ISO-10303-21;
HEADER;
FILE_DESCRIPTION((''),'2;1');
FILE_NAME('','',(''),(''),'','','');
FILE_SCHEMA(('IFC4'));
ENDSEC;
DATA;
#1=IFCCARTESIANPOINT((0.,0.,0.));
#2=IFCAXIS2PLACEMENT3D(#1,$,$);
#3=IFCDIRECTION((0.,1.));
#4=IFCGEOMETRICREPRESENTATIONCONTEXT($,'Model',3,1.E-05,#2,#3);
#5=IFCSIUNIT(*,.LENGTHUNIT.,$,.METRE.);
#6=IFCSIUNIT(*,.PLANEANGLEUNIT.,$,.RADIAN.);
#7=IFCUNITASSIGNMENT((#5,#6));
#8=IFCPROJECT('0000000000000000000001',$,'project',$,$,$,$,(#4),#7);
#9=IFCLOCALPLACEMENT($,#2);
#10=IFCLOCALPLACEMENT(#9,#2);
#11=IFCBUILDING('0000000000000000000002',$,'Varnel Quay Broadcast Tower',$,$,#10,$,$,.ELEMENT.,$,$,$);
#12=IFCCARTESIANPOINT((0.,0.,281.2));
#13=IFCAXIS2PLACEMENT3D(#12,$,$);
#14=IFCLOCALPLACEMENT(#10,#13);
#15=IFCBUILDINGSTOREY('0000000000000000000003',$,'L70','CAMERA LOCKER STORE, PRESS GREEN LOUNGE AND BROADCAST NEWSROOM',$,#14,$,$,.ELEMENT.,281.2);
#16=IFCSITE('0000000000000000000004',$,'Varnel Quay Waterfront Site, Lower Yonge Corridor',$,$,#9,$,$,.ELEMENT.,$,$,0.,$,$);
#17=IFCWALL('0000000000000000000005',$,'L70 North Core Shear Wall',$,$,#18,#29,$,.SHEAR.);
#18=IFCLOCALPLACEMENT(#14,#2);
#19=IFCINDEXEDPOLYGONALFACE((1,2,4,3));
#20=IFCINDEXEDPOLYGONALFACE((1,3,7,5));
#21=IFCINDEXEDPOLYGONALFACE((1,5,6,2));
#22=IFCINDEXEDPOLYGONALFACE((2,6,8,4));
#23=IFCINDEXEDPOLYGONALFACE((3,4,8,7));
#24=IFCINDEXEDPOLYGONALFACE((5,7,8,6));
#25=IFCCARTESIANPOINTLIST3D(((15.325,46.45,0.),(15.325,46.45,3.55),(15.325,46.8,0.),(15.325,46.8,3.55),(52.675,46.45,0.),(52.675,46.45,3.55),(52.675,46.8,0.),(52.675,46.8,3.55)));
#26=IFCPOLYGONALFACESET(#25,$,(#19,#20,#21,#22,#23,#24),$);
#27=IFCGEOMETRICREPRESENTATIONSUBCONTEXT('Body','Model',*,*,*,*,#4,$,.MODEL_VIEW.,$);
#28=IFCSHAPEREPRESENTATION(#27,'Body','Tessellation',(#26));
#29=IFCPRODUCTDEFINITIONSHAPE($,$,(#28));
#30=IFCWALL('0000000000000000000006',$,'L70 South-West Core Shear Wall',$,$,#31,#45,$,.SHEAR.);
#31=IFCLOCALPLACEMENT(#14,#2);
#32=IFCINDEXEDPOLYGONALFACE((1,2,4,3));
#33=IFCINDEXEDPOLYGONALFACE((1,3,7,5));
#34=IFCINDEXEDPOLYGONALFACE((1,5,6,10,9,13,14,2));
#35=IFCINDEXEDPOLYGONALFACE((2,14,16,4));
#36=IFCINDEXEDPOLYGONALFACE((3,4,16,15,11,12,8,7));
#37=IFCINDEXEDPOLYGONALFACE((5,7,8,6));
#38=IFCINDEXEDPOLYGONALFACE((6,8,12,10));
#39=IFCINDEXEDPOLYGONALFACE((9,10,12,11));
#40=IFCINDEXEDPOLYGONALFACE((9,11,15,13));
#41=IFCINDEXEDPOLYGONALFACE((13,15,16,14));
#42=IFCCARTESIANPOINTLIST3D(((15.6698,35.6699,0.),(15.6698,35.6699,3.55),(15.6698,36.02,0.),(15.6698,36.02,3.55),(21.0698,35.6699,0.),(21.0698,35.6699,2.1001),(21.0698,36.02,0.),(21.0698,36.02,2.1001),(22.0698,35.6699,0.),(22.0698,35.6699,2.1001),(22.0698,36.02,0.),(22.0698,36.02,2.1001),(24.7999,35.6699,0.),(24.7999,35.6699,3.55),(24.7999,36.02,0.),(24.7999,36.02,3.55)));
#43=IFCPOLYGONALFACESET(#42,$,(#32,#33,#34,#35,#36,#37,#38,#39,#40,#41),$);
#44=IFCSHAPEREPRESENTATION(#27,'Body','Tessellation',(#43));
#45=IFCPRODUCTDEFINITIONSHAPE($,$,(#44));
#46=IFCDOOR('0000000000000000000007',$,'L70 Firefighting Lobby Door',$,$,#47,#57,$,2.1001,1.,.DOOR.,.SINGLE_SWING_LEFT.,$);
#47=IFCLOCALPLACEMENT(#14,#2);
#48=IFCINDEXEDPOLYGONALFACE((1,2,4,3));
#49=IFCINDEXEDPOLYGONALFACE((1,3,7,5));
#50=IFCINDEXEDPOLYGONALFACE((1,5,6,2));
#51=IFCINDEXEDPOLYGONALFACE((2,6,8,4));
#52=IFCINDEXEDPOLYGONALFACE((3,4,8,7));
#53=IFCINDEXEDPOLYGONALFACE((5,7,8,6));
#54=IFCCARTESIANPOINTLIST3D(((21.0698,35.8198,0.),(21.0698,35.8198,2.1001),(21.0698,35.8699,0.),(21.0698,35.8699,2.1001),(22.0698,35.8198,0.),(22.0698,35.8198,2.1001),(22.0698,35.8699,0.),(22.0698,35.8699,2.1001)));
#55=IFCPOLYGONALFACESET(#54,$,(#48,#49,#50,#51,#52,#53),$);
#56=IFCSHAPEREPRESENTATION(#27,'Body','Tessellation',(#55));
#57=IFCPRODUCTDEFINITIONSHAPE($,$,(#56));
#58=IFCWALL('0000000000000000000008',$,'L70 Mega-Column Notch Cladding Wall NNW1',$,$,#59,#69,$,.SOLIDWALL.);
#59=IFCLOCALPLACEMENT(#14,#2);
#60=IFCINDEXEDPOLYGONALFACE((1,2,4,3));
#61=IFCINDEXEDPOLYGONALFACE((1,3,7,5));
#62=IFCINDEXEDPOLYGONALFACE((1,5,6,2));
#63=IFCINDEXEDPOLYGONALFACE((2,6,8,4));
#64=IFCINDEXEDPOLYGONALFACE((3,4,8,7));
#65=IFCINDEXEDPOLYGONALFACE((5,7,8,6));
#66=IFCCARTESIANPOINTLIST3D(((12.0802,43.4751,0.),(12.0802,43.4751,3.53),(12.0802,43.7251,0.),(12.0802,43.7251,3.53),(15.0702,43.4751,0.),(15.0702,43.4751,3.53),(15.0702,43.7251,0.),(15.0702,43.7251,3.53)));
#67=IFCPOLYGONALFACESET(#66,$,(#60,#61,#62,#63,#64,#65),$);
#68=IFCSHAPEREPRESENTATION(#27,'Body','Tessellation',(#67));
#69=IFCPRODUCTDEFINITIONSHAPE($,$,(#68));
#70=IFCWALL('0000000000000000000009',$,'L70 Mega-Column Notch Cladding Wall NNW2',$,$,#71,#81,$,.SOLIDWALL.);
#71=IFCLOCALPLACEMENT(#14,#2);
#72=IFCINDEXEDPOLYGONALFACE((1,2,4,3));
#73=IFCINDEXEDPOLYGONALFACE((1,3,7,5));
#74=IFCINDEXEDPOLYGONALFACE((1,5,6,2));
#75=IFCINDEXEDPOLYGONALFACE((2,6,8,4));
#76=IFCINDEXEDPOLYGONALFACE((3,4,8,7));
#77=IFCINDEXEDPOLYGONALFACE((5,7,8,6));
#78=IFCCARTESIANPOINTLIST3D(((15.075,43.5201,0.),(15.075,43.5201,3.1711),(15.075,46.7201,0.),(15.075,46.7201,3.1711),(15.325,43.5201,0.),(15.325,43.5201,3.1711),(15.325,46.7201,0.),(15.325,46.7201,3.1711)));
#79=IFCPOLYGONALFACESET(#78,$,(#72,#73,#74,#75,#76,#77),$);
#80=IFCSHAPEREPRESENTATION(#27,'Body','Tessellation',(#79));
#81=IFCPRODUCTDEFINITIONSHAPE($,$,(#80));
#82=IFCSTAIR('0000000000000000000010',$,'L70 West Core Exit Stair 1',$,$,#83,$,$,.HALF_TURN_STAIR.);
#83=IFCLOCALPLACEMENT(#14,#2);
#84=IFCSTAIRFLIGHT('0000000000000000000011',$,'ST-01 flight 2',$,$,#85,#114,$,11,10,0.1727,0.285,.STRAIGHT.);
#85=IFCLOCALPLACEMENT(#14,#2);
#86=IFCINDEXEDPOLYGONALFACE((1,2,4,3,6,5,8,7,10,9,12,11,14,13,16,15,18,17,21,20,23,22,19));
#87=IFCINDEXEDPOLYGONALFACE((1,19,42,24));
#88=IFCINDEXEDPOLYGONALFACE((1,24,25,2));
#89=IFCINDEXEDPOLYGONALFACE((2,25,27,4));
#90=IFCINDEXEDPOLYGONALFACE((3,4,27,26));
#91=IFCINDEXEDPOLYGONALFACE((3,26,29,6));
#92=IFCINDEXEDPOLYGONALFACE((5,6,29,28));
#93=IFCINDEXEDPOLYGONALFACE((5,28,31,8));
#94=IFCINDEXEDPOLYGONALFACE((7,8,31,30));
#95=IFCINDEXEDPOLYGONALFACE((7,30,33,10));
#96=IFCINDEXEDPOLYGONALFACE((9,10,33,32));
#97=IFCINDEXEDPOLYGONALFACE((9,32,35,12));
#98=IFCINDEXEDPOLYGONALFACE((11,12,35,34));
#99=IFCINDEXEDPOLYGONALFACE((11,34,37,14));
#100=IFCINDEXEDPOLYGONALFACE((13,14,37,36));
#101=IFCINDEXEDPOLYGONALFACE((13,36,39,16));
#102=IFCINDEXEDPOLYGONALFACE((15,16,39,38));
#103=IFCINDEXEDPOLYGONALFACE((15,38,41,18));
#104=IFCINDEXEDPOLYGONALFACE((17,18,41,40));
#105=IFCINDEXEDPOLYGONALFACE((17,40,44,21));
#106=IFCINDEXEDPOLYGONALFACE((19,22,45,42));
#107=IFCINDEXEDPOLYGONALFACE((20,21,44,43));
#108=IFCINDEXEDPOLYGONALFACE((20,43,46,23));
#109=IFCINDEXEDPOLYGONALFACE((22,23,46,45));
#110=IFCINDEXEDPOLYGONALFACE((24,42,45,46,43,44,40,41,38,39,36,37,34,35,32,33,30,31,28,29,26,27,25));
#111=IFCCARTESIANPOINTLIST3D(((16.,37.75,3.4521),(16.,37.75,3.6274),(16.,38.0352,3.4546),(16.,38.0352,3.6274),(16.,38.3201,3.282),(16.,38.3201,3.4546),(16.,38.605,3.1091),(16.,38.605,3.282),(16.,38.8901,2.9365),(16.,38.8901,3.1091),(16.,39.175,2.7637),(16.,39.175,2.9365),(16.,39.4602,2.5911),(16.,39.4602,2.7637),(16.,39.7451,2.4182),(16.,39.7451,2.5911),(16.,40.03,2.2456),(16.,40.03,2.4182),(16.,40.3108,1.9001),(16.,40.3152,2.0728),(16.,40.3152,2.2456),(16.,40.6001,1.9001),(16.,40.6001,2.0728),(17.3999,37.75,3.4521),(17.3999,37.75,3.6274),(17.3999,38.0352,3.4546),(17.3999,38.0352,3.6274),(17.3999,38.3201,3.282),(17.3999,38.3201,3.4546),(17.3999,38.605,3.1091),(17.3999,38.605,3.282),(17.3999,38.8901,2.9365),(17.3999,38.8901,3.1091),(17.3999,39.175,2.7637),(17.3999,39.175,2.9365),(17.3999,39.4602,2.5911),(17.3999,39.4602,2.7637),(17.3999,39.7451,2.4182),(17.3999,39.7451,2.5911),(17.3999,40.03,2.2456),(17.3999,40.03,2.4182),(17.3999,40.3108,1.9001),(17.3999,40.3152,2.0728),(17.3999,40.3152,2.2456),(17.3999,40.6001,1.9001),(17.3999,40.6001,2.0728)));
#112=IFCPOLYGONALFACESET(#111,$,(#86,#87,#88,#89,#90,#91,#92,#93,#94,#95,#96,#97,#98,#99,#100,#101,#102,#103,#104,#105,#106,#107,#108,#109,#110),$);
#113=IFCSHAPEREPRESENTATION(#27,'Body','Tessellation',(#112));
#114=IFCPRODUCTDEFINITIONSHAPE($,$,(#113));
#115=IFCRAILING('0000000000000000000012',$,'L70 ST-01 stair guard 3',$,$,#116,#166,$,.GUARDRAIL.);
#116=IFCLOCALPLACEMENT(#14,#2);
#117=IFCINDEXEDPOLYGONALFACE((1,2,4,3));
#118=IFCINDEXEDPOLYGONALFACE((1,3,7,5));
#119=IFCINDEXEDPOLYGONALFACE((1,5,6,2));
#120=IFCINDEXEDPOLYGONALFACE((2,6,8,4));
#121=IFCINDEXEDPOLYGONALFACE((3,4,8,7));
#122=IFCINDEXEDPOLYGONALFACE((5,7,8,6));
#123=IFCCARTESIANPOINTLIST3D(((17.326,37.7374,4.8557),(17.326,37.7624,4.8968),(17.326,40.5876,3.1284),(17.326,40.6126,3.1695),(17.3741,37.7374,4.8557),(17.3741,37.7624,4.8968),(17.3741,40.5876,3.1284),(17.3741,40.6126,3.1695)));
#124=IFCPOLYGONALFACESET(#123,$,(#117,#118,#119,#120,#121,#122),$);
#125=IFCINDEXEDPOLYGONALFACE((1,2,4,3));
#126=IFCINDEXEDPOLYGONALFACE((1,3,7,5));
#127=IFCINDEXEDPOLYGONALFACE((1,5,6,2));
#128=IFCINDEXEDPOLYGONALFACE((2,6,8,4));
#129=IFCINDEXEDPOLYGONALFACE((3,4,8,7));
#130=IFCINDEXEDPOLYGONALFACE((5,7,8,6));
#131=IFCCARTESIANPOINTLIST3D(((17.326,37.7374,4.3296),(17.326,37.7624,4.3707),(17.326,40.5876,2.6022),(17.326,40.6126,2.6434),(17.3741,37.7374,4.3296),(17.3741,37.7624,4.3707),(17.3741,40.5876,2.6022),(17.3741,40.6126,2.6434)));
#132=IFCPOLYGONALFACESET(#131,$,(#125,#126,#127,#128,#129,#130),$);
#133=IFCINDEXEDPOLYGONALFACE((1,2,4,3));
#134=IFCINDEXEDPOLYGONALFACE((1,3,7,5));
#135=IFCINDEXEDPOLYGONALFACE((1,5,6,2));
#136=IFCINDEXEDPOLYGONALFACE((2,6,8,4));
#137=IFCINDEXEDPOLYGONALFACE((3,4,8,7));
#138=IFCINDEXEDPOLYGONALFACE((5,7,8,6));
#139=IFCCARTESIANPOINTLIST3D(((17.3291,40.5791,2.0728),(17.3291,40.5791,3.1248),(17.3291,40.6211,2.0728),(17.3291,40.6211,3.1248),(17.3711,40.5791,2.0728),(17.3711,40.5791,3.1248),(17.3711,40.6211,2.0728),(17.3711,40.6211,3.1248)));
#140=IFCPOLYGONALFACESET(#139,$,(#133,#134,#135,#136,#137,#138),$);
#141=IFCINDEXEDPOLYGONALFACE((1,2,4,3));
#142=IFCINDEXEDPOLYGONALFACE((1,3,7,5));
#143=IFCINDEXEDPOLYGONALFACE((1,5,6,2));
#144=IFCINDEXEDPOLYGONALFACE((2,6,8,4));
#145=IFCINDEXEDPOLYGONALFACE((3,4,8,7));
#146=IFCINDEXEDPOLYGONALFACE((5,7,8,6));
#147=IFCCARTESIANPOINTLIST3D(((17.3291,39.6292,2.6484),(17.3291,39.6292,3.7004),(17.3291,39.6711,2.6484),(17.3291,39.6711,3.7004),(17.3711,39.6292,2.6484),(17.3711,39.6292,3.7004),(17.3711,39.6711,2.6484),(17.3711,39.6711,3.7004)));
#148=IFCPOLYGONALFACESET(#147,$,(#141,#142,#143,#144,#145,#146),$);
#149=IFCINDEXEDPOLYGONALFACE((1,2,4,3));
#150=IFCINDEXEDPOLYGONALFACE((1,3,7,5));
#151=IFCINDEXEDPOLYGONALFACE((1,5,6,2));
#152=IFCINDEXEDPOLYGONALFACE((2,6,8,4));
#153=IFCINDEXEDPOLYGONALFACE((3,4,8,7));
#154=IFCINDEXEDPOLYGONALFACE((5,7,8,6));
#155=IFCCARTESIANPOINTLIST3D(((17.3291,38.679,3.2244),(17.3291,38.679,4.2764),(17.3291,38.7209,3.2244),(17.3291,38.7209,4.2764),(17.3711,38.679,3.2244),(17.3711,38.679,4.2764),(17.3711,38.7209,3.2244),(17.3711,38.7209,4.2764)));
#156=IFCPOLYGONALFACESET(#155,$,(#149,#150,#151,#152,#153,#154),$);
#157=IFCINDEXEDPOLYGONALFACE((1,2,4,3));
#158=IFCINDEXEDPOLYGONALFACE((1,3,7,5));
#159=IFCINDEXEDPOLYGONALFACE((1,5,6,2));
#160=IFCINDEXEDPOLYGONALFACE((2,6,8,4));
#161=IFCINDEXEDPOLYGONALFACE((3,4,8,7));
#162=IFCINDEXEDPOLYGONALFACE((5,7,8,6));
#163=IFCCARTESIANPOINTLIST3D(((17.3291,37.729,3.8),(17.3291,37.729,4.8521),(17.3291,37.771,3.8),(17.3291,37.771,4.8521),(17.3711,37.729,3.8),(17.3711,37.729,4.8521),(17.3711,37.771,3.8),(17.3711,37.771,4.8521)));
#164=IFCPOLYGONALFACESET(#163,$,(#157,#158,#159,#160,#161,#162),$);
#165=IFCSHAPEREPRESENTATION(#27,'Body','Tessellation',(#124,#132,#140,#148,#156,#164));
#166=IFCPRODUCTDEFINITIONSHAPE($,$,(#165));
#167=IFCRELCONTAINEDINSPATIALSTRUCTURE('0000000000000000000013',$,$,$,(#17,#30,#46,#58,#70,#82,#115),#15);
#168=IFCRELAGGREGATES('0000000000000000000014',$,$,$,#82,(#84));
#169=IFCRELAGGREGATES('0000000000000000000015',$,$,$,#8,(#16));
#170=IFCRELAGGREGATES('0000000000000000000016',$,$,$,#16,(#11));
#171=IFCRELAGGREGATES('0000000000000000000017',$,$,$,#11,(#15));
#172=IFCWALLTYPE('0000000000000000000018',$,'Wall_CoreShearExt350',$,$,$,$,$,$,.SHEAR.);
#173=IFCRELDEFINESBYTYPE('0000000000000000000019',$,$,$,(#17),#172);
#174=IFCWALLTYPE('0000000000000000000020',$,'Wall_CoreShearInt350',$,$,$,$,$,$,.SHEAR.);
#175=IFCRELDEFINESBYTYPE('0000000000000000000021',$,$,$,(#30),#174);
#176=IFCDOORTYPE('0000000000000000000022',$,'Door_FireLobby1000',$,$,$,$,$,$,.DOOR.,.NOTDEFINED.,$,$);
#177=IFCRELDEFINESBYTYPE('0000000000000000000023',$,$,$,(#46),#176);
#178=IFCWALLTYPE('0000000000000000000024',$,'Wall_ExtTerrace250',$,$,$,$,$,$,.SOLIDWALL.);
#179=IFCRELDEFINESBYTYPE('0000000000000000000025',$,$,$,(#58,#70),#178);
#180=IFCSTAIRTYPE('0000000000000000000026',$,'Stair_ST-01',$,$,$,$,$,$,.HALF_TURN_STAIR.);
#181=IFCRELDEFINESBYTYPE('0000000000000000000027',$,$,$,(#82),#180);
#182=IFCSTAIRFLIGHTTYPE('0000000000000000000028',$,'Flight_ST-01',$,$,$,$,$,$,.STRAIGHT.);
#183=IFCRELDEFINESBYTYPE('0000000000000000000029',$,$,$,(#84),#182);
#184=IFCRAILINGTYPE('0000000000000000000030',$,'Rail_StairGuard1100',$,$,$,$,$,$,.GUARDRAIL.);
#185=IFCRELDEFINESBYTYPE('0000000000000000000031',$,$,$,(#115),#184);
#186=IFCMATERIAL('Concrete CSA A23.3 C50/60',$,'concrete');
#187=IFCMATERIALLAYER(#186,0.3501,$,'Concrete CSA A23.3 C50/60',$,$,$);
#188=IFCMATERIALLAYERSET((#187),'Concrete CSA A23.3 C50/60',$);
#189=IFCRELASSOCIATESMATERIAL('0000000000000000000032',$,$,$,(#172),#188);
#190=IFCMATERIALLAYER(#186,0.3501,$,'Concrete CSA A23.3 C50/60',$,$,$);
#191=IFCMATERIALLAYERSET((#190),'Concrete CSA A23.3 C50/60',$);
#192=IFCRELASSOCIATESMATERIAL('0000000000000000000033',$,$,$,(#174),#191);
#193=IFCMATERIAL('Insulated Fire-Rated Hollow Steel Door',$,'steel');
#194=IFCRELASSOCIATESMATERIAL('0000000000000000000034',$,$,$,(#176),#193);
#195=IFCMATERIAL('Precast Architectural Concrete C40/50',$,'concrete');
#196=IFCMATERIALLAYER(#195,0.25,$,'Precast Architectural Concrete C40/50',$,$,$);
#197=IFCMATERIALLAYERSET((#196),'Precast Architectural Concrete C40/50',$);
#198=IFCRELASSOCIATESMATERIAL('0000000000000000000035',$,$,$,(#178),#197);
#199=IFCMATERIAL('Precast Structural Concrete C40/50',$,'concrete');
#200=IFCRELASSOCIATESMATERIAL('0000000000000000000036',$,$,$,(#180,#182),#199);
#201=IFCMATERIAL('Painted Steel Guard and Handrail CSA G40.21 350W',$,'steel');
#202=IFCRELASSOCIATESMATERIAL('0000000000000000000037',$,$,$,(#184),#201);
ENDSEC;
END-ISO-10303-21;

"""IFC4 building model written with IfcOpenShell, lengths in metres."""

from ifc_helpers import new_model, si_unit, direction, frame, frame_2d, origin, origin_2d, place, context, subcontext, project, spatial, polyline, rectangle, outline, extrude, source, transform, mapped, material, layer, layer_set, type_object, type_shapes, element, fill, aggregate, save


model = new_model("IFC4")

# Units and contexts
model_context = context("Model", 3, precision=1e-05, world=origin(), true_north=direction((0.0, 1.0)))
body_context = subcontext(model_context, "Body", "Model", "MODEL_VIEW")
ifc_project = project(units=[si_unit("LENGTHUNIT", "METRE"), si_unit("PLANEANGLEUNIT", "RADIAN")], contexts=[model_context])

# Site, building, storey
site_placement = place(None, origin())
site = spatial("IfcSite", under=ifc_project, at=site_placement, Name="Varnel Quay Waterfront Site, Lower Yonge Corridor", CompositionType="ELEMENT", RefElevation=0.0)
building_placement = place(site_placement, origin())
building = spatial("IfcBuilding", under=site, at=building_placement, Name="Varnel Quay Broadcast Tower", CompositionType="ELEMENT")
storey_placement = place(building_placement, frame((0.0, 0.0, 281.2)))
storey = spatial("IfcBuildingStorey", under=building, at=storey_placement, Name="L70", Description="CAMERA LOCKER STORE, PRESS GREEN LOUNGE AND BROADCAST NEWSROOM", CompositionType="ELEMENT", Elevation=281.2)

# Wall
ifc_material_1 = material(Name="Concrete CSA A23.3 C50/60", Category="concrete")
ifc_layer_1 = layer(ifc_material_1, 0.3501, Name="Concrete CSA A23.3 C50/60")
ifc_layer_set_1 = layer_set([ifc_layer_1], Name="Concrete CSA A23.3 C50/60")
wall_type_1 = type_object("IfcWallType", Name="Wall_CoreShearExt350", PredefinedType="SHEAR", material=ifc_layer_set_1)
wall_1_placement = place(storey_placement, frame((15.325, 46.625, 0.0), z_axis=(0.0, 0.0, 1.0), x_axis=(1.0, 0.0, 0.0)))
element("IfcWall", 1, at=wall_1_placement, inside=storey, type_object=wall_type_1, Name="L70 North Core Shear Wall", PredefinedType="SHEAR", context=body_context, shape_type="SweptSolid", body=[
    extrude(rectangle(XDim=37.3501, YDim=0.3501, at=frame_2d((18.675, 0.0))), origin(), (0.0, 0.0, 1.0), 3.55),
])

# Wall, opening, door
ifc_layer_2 = layer(ifc_material_1, 0.3501, Name="Concrete CSA A23.3 C50/60")
ifc_layer_set_2 = layer_set([ifc_layer_2], Name="Concrete CSA A23.3 C50/60")
wall_type_2 = type_object("IfcWallType", Name="Wall_CoreShearInt350", PredefinedType="SHEAR", material=ifc_layer_set_2)
wall_2_placement = place(storey_placement, frame((15.6699, 35.845, 0.0), z_axis=(0.0, 0.0, 1.0), x_axis=(1.0, 0.0, 0.0)))
wall_2 = element("IfcWall", 2, at=wall_2_placement, inside=storey, type_object=wall_type_2, Name="L70 South-West Core Shear Wall", PredefinedType="SHEAR", context=body_context, shape_type="SweptSolid", body=[
    extrude(rectangle(XDim=9.1301, YDim=0.3501, at=frame_2d((4.5649, 0.0))), origin(), (0.0, 0.0, 1.0), 3.55),
])
opening_placement = place(wall_2_placement, frame((5.3999, 0.0, 0.0)))
opening = element("IfcOpeningElement", 3, at=opening_placement, cuts=wall_2, PredefinedType="OPENING", context=body_context, shape_type="SweptSolid", body=[
    extrude(rectangle(XDim=1.0, YDim=2.1001, at=frame_2d((0.5, 1.05))), frame((0.0, 0.1851, 0.0), z_axis=(0.0, -1.0, 0.0), x_axis=(1.0, 0.0, 0.0)), (0.0, 0.0, 1.0), 0.3701),
])
ifc_material_2 = material(Name="Insulated Fire-Rated Hollow Steel Door", Category="steel")
door_type = type_object("IfcDoorType", Name="Door_FireLobby1000", OperationType="NOTDEFINED", PredefinedType="DOOR", material=ifc_material_2)
shared_shape_1 = source(origin(), body_context, "Body", "SweptSolid", [
    extrude(rectangle(XDim=1.0, YDim=2.1001, at=frame_2d((0.5, 1.05))), frame((0.0, 0.0249, 0.0), z_axis=(0.0, -1.0, 0.0), x_axis=(1.0, 0.0, 0.0)), (0.0, 0.0, 1.0), 0.05),
])
type_shapes(door_type, [shared_shape_1])
door_placement = place(opening_placement, origin())
door = element("IfcDoor", 4, at=door_placement, inside=storey, type_object=door_type, Name="L70 Firefighting Lobby Door", OperationType="SINGLE_SWING_LEFT", OverallHeight=2.1001, OverallWidth=1.0, PredefinedType="DOOR", context=body_context, shape_type="MappedRepresentation", body=[
    mapped(shared_shape_1, transform((0.0, 0.0, 0.0), x_axis=(1.0, 0.0, 0.0), y_axis=(0.0, 1.0, 0.0), z_axis=(0.0, 0.0, 1.0), scale=1.0)),
])
fill(opening, door)

# Walls
ifc_material_3 = material(Name="Precast Architectural Concrete C40/50", Category="concrete")
ifc_layer_3 = layer(ifc_material_3, 0.25, Name="Precast Architectural Concrete C40/50")
ifc_layer_set_3 = layer_set([ifc_layer_3], Name="Precast Architectural Concrete C40/50")
wall_type_3 = type_object("IfcWallType", Name="Wall_ExtTerrace250", PredefinedType="SOLIDWALL", material=ifc_layer_set_3)
wall_3_placement = place(storey_placement, frame((12.0801, 43.6001, 0.0), z_axis=(0.0, 0.0, 1.0), x_axis=(1.0, 0.0, 0.0)))
element("IfcWall", 5, at=wall_3_placement, inside=storey, type_object=wall_type_3, Name="L70 Mega-Column Notch Cladding Wall NNW1", PredefinedType="SOLIDWALL", context=body_context, shape_type="SweptSolid", body=[
    extrude(rectangle(XDim=2.99, YDim=0.25, at=frame_2d((1.4951, 0.0))), origin(), (0.0, 0.0, 1.0), 3.53),
])
wall_4_placement = place(storey_placement, frame((15.2, 43.52, 0.0), z_axis=(0.0, 0.0, 1.0), x_axis=(0.0, 1.0, 0.0)))
element("IfcWall", 6, at=wall_4_placement, inside=storey, type_object=wall_type_3, Name="L70 Mega-Column Notch Cladding Wall NNW2", PredefinedType="SOLIDWALL", context=body_context, shape_type="SweptSolid", body=[
    extrude(rectangle(XDim=3.2, YDim=0.25, at=frame_2d((1.6001, 0.0))), origin(), (0.0, 0.0, 1.0), 3.1711),
])

# Stair, stair flight
ifc_material_4 = material(Name="Precast Structural Concrete C40/50", Category="concrete")
stair_type = type_object("IfcStairType", Name="Stair_ST-01", PredefinedType="HALF_TURN_STAIR", material=ifc_material_4)
stair_placement = place(storey_placement, origin())
stair = element("IfcStair", 7, at=stair_placement, inside=storey, type_object=stair_type, Name="L70 West Core Exit Stair 1", PredefinedType="HALF_TURN_STAIR")
stair_flight_type = type_object("IfcStairFlightType", Name="Flight_ST-01", PredefinedType="STRAIGHT", material=ifc_material_4)
stair_flight_placement = place(storey_placement, frame((16.7, 40.6001, 1.9001), z_axis=(0.0, 0.0, 1.0), x_axis=(0.0, -1.0, 0.0)))
stair_flight = element("IfcStairFlight", 8, at=stair_flight_placement, type_object=stair_flight_type, Name="ST-01 flight 2", NumberOfRisers=11, NumberOfTreads=10, PredefinedType="STRAIGHT", RiserHeight=0.1727, TreadLength=0.285, context=body_context, shape_type="SweptSolid", body=[
    extrude(outline(polyline([(0.0, 0.0), (0.0, 0.1726), (0.2849, 0.1726), (0.2849, 0.3455), (0.5701, 0.3455), (0.5701, 0.5181), (0.855, 0.5181), (0.855, 0.6909), (1.1399, 0.6909), (1.1399, 0.8635), (1.425, 0.8635), (1.425, 1.0364), (1.71, 1.0364), (1.71, 1.209), (1.9951, 1.209), (1.9951, 1.3818), (2.28, 1.3818), (2.28, 1.5544), (2.5649, 1.5544), (2.5649, 1.7273), (2.8501, 1.7273), (2.8501, 1.8999), (2.8501, 1.552), (0.2893, 0.0), (0.0, 0.0)])), frame((0.0, 0.7, 0.0), z_axis=(0.0, -1.0, 0.0), x_axis=(1.0, 0.0, 0.0)), (0.0, 0.0, 1.0), 1.3999),
])
aggregate(stair, [stair_flight])

# Railing
ifc_material_5 = material(Name="Painted Steel Guard and Handrail CSA G40.21 350W", Category="steel")
railing_type_1 = type_object("IfcRailingType", Name="Rail_StairGuard1100", PredefinedType="GUARDRAIL", material=ifc_material_5)
railing_1_placement = place(storey_placement, frame((17.3501, 40.6001, 2.0728)))
element("IfcRailing", 9, at=railing_1_placement, inside=storey, type_object=railing_type_1, Name="L70 ST-01 stair guard 3", PredefinedType="GUARDRAIL", context=body_context, shape_type="SweptSolid", body=[
    extrude(rectangle(XDim=0.0481, YDim=0.0481, at=origin_2d()), frame((0.0, 0.0, 1.0762), z_axis=(0.0, -0.855203, 0.518294), x_axis=(1.0, 0.0, 0.0)), (0.0, 0.0, 1.0), 3.3328),
    extrude(rectangle(XDim=0.0481, YDim=0.0481, at=origin_2d()), frame((0.0, 0.0, 0.55), z_axis=(0.0, -0.855203, 0.518294), x_axis=(1.0, 0.0, 0.0)), (0.0, 0.0, 1.0), 3.3328),
    extrude(rectangle(XDim=0.042, YDim=0.042, at=origin_2d()), origin(), (0.0, 0.0, 1.0), 1.052),
    extrude(rectangle(XDim=0.042, YDim=0.042, at=origin_2d()), frame((0.0, -0.95, 0.5757)), (0.0, 0.0, 1.0), 1.052),
    extrude(rectangle(XDim=0.042, YDim=0.042, at=origin_2d()), frame((0.0, -1.9001, 1.1516)), (0.0, 0.0, 1.0), 1.052),
    extrude(rectangle(XDim=0.042, YDim=0.042, at=origin_2d()), frame((0.0, -2.8501, 1.7273)), (0.0, 0.0, 1.0), 1.052),
])

save(model, "model.ifc")
